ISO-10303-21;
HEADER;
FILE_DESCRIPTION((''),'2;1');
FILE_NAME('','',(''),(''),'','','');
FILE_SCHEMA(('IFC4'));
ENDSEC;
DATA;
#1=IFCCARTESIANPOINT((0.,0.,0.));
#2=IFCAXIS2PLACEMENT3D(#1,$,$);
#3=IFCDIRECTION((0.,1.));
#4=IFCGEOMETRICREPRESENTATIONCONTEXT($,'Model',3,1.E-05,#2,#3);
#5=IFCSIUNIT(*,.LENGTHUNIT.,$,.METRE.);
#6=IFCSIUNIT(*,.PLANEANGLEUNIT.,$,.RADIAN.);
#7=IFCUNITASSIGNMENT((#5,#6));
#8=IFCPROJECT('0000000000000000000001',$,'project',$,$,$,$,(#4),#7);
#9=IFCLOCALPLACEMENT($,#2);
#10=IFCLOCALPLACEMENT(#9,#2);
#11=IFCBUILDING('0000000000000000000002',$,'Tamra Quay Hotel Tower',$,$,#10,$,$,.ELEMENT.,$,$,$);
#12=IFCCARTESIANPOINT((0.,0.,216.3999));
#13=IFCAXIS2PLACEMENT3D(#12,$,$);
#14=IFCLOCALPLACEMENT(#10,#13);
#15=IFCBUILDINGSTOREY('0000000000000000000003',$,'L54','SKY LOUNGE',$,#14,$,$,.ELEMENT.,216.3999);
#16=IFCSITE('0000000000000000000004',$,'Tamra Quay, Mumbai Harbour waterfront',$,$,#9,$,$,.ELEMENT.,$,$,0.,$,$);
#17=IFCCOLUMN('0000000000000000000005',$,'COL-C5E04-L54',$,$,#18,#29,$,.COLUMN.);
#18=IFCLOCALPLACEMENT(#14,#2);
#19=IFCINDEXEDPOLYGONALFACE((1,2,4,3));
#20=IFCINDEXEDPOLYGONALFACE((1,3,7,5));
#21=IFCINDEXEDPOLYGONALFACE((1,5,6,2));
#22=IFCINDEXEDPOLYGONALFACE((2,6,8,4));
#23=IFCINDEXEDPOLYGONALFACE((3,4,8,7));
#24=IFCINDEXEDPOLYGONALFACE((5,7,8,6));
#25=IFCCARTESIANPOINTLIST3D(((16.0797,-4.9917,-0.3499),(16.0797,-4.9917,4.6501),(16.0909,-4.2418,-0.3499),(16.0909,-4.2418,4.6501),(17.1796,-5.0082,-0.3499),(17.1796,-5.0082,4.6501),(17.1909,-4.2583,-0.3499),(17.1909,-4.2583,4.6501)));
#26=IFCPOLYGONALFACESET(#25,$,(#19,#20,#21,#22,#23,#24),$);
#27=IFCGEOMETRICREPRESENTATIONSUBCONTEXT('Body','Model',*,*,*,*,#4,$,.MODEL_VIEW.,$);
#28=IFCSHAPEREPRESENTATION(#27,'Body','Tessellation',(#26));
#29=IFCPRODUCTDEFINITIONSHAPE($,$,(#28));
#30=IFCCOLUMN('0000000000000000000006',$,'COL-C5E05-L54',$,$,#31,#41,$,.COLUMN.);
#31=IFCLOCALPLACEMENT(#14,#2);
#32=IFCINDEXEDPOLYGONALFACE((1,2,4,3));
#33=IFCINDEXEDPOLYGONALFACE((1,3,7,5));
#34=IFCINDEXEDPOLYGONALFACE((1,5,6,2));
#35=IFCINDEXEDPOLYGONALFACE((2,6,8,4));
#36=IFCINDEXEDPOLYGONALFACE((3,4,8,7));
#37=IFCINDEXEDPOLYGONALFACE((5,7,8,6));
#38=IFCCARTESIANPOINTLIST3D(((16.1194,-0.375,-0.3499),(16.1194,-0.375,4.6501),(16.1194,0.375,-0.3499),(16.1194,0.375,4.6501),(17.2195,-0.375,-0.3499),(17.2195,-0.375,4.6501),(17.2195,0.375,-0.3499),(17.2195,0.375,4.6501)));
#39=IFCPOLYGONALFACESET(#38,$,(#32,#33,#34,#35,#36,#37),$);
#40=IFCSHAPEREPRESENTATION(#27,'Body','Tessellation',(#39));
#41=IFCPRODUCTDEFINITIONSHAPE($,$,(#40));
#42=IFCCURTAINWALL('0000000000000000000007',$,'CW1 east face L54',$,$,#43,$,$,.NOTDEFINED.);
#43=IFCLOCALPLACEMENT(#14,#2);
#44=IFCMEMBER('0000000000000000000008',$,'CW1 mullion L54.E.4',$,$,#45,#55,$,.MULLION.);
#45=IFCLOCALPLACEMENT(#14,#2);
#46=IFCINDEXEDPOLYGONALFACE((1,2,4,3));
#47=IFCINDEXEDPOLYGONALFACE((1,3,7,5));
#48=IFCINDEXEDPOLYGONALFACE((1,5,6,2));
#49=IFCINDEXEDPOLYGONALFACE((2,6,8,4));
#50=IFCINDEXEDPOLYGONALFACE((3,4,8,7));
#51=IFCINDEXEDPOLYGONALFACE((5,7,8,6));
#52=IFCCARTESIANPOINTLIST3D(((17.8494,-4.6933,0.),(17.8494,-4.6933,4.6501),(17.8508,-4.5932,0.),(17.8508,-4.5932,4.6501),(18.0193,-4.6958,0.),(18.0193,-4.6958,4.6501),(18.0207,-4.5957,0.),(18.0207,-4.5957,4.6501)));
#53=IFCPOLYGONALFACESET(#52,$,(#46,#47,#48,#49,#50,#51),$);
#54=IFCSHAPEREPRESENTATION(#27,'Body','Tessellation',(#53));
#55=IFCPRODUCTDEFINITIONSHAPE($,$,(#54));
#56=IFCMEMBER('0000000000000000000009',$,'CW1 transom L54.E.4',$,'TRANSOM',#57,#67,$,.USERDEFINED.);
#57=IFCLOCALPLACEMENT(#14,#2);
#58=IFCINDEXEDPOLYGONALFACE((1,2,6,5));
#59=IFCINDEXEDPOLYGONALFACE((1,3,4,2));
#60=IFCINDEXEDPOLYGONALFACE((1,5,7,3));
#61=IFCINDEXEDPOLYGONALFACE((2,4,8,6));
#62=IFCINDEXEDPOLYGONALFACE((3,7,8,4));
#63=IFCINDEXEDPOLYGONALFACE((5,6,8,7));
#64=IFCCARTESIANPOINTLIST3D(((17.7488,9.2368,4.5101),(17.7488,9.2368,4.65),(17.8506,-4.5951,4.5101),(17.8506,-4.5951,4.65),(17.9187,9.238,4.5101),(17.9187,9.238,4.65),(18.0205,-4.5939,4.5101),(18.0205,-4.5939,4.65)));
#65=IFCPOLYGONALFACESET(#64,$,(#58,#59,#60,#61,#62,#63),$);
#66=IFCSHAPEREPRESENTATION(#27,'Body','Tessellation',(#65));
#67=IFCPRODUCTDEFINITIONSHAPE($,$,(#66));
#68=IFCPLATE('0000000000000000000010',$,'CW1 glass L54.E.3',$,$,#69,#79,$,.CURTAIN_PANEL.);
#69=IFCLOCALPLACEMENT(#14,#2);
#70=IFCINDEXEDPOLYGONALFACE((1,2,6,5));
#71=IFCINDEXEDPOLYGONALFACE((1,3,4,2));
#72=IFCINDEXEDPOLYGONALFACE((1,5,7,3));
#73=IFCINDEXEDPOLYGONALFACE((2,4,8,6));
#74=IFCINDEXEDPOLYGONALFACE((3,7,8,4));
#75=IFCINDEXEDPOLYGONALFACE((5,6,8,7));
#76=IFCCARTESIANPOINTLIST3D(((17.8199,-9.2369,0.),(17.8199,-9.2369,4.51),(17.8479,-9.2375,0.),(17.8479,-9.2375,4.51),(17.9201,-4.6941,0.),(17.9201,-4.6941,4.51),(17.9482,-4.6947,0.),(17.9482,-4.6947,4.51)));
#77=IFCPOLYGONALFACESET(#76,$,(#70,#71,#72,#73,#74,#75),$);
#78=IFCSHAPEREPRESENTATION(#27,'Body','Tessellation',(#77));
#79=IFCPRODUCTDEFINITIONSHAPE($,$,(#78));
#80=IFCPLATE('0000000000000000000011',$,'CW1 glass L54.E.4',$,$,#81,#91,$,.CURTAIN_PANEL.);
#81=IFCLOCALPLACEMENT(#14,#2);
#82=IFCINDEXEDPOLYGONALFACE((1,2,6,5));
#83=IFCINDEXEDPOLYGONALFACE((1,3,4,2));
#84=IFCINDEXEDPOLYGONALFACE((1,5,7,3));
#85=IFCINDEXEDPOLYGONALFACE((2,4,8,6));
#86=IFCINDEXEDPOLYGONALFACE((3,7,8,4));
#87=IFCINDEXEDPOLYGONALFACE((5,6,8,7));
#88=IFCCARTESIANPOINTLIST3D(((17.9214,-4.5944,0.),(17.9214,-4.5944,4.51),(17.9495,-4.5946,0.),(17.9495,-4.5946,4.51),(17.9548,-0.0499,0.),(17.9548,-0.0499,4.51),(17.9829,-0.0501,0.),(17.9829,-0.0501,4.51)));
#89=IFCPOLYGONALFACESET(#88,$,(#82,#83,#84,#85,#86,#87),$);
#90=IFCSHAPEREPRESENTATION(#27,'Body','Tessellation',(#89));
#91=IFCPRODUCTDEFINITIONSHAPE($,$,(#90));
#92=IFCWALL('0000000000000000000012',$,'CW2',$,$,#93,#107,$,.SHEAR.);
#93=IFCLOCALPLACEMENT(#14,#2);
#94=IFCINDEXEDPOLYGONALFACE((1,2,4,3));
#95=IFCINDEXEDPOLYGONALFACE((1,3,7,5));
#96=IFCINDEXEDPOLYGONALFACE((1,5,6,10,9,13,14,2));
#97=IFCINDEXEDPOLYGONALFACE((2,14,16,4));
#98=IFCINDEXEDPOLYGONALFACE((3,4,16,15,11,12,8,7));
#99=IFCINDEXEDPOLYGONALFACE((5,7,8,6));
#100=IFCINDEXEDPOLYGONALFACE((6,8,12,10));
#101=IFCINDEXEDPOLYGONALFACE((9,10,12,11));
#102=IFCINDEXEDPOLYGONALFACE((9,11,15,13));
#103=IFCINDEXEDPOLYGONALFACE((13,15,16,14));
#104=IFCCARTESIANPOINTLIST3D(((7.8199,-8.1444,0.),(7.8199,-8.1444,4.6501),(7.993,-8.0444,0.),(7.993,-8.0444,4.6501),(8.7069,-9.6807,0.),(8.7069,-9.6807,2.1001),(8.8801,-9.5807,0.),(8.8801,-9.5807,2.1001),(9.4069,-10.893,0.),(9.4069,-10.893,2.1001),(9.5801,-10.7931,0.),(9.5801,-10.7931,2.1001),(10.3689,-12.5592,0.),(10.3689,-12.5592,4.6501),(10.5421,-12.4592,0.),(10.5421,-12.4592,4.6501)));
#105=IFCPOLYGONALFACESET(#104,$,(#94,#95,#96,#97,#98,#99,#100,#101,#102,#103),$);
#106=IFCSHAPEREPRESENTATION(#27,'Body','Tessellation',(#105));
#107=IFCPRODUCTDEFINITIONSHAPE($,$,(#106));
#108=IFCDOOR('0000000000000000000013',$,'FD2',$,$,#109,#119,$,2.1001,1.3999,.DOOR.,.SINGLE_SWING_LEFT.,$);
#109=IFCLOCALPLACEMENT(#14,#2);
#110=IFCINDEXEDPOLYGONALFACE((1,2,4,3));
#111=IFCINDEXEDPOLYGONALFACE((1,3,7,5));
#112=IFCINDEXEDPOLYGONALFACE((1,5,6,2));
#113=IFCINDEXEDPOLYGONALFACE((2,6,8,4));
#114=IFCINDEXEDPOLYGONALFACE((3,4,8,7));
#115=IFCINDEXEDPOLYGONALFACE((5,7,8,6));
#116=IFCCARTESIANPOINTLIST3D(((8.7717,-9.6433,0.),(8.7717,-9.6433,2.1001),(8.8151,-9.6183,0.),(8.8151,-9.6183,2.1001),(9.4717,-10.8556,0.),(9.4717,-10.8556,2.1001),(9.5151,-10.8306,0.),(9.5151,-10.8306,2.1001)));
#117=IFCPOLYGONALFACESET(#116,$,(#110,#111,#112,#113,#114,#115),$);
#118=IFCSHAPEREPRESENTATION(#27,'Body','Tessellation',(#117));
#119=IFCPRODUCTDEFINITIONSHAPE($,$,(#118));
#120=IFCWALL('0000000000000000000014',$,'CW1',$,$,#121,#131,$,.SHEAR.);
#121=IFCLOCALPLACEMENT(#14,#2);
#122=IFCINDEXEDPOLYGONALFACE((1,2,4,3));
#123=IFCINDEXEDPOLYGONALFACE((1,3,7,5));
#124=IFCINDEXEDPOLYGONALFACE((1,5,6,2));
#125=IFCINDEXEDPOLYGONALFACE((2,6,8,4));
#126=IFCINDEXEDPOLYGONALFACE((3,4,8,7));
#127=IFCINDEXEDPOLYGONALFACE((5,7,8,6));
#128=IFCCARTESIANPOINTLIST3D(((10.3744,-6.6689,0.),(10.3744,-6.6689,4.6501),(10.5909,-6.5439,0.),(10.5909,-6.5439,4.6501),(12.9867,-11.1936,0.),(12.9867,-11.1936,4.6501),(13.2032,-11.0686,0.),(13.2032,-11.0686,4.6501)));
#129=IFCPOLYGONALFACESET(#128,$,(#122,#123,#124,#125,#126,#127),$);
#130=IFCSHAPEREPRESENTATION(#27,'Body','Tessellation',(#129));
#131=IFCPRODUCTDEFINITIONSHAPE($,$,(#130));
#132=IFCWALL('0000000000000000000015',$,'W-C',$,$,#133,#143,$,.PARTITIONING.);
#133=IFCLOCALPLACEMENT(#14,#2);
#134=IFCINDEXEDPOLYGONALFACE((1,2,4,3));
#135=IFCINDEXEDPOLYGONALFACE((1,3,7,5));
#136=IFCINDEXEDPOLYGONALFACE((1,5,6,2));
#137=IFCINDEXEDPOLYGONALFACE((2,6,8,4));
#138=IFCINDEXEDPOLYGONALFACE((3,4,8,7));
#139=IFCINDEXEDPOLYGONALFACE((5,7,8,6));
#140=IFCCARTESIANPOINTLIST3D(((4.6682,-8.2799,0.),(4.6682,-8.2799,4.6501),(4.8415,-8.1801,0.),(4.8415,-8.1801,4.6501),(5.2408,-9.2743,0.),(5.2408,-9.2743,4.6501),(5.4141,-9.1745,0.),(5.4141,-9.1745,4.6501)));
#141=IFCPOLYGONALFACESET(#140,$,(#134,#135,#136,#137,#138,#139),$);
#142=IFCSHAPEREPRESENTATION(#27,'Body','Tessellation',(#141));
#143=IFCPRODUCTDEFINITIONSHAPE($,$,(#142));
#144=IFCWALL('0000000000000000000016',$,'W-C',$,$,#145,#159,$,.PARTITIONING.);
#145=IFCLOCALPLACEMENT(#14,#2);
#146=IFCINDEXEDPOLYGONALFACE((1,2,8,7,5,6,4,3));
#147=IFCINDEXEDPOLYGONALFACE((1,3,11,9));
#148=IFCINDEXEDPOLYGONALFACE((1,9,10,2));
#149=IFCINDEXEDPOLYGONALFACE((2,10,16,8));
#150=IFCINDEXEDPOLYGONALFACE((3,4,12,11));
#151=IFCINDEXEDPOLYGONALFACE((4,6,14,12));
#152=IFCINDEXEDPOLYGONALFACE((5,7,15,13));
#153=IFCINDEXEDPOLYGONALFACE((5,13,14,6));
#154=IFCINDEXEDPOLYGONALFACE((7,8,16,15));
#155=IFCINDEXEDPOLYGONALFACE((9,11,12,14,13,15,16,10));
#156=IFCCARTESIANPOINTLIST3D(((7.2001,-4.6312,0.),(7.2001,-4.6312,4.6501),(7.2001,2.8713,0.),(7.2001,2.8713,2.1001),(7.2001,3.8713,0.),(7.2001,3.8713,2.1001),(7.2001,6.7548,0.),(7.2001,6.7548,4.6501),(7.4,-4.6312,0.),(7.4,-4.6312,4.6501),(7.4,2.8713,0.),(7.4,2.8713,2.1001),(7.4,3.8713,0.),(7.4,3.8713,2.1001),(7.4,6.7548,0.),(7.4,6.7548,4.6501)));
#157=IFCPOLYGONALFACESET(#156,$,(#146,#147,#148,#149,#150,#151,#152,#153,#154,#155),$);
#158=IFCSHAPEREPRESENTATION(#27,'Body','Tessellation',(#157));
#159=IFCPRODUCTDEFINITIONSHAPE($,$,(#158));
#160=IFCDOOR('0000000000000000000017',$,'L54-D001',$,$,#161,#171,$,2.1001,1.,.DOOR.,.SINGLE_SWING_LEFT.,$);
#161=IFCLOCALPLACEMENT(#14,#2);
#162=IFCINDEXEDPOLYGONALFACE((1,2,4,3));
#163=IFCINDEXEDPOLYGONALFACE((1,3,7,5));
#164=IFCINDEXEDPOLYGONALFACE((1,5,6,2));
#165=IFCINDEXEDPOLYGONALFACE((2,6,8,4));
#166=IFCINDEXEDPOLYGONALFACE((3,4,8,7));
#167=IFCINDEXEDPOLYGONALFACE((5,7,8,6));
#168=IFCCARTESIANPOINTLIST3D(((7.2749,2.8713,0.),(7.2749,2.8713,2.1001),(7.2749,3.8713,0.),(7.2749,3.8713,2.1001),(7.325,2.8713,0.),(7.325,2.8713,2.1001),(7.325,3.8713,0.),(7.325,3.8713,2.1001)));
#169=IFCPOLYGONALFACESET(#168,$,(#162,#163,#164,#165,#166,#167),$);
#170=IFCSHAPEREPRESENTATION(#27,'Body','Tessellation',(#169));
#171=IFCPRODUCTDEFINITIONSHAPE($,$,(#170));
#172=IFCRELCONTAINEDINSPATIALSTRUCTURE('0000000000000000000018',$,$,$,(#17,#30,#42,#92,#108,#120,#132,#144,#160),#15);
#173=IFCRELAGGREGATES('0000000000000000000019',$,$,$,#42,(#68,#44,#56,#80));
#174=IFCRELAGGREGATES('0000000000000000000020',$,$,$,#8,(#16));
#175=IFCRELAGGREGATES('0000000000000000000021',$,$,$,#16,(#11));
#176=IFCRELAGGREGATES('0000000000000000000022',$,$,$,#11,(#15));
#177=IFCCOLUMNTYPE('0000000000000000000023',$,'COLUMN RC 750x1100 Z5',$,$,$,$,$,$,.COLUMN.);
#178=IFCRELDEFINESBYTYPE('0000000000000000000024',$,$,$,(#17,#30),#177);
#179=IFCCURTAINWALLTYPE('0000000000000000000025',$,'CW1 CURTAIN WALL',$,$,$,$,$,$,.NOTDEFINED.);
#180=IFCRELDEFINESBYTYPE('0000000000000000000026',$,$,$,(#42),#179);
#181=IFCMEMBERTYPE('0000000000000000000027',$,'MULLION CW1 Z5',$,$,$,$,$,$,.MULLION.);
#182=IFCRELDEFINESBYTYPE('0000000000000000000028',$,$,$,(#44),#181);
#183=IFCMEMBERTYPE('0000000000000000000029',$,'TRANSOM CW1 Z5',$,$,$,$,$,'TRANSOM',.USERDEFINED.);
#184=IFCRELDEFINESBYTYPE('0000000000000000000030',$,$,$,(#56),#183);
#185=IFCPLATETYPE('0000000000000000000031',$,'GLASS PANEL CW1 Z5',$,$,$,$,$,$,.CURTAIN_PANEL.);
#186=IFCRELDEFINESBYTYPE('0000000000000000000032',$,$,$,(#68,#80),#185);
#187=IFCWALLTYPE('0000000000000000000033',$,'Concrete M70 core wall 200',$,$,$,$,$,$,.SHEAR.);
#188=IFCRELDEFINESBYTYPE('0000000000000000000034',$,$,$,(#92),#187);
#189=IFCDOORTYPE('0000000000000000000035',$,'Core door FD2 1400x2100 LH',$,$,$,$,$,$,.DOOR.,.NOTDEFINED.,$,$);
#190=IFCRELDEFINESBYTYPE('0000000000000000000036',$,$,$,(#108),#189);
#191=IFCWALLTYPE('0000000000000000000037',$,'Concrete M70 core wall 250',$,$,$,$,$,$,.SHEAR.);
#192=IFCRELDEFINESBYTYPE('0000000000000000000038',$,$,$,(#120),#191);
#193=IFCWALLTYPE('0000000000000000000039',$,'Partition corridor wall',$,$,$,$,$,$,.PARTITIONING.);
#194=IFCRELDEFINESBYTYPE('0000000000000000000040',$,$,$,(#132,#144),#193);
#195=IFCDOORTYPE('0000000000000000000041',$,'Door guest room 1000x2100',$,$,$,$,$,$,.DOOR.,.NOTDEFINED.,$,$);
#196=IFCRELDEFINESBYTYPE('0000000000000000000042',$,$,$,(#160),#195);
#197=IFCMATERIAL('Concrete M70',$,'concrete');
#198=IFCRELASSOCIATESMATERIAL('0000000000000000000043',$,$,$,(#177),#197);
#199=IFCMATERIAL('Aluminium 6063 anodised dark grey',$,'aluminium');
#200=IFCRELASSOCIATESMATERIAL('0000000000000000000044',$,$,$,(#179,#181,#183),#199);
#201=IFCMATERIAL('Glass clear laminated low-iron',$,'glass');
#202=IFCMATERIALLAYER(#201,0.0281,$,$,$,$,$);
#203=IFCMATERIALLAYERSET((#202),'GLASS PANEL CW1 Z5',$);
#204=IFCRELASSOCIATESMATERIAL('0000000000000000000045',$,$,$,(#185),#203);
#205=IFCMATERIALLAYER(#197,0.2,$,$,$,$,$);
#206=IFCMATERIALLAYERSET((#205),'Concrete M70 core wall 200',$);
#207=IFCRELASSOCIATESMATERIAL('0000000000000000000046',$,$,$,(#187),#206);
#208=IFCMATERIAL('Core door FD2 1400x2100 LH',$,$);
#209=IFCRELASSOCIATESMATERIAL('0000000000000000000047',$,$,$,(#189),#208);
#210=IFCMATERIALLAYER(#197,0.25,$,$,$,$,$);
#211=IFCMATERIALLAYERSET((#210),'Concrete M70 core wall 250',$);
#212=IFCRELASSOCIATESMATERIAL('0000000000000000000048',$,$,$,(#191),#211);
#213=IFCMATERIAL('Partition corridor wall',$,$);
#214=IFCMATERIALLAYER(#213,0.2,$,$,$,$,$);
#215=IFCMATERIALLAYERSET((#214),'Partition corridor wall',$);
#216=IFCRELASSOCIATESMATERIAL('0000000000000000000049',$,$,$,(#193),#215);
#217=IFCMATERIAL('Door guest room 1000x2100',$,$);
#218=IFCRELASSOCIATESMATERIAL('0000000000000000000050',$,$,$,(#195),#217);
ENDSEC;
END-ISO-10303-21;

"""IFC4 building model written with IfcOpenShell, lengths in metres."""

from ifc_helpers import new_model, si_unit, direction, frame, frame_2d, origin, origin_2d, place, context, subcontext, project, spatial, rectangle, extrude, material, layer, layer_set, material_profile, profile_set, type_object, element, fill, aggregate, save


model = new_model("IFC4")

# Units and contexts
model_context = context("Model", 3, precision=1e-05, world=origin(), true_north=direction((0.0, 1.0)))
body_context = subcontext(model_context, "Body", "Model", "MODEL_VIEW")
ifc_project = project(units=[si_unit("LENGTHUNIT", "METRE"), si_unit("PLANEANGLEUNIT", "RADIAN")], contexts=[model_context])

# Site, building, storey
site_placement = place(None, origin())
site = spatial("IfcSite", under=ifc_project, at=site_placement, Name="Tamra Quay, Mumbai Harbour waterfront", CompositionType="ELEMENT", RefElevation=0.0)
building_placement = place(site_placement, origin())
building = spatial("IfcBuilding", under=site, at=building_placement, Name="Tamra Quay Hotel Tower", CompositionType="ELEMENT")
storey_placement = place(building_placement, frame((0.0, 0.0, 216.3999)))
storey = spatial("IfcBuildingStorey", under=building, at=storey_placement, Name="L54", Description="SKY LOUNGE", CompositionType="ELEMENT", Elevation=216.3999)

# Columns
ifc_material_1 = material(Name="Concrete M70", Category="concrete")
ifc_material_profile_1 = material_profile(ifc_material_1, rectangle(XDim=1.1001, YDim=0.75, at=origin_2d()), Name="COLUMN RC 750x1100 Z5")
ifc_profile_set_1 = profile_set([ifc_material_profile_1], Name="Concrete M70")
column_type = type_object("IfcColumnType", Name="COLUMN RC 750x1100 Z5", PredefinedType="COLUMN", material=ifc_profile_set_1)
for number, where, z_axis, x_axis, name in (
    (1, (16.6353, -4.625, -0.3499), (0.0, 0.0, 1.0), (-0.999888, 0.014959, 0.0), "COL-C5E04-L54"),
    (2, (16.6694, 0.0, -0.3499), (0.0, 0.0, 1.0), (1.0, 0.0, 0.0), "COL-C5E05-L54"),
):
    element("IfcColumn", number, at=place(storey_placement, frame(where, z_axis=z_axis, x_axis=x_axis)), inside=storey, type_object=column_type, Name=name, PredefinedType="COLUMN", context=body_context, shape_type="SweptSolid", body=[
        extrude(rectangle(XDim=1.1001, YDim=0.75, at=origin_2d()), origin(), (0.0, 0.0, 1.0), 5.0),
    ])

# Curtain wall, members, plates
ifc_material_2 = material(Name="Aluminium 6063 anodised dark grey", Category="aluminium")
curtain_wall_type = type_object("IfcCurtainWallType", Name="CW1 CURTAIN WALL", PredefinedType="NOTDEFINED", material=ifc_material_2)
curtain_wall_placement = place(storey_placement, origin())
curtain_wall = element("IfcCurtainWall", 3, at=curtain_wall_placement, inside=storey, type_object=curtain_wall_type, Name="CW1 east face L54", PredefinedType="NOTDEFINED")
ifc_material_profile_2 = material_profile(ifc_material_2, rectangle(XDim=0.1699, YDim=0.1001, at=origin_2d()), Name="MULLION 100X170")
ifc_profile_set_2 = profile_set([ifc_material_profile_2], Name="Aluminium 6063 anodised dark grey")
member_type_1 = type_object("IfcMemberType", Name="MULLION CW1 Z5", PredefinedType="MULLION", material=ifc_profile_set_2)
member_1_placement = place(storey_placement, frame((17.9351, -4.6445, 0.0), z_axis=(0.0, 0.0, 1.0), x_axis=(0.999892, -0.014713, 0.0)))
member_1 = element("IfcMember", 4, at=member_1_placement, type_object=member_type_1, Name="CW1 mullion L54.E.4", PredefinedType="MULLION", context=body_context, shape_type="SweptSolid", body=[
    extrude(rectangle(XDim=0.1699, YDim=0.1001, at=origin_2d()), origin(), (0.0, 0.0, 1.0), 4.6501),
])
ifc_material_profile_3 = material_profile(ifc_material_2, rectangle(XDim=0.1699, YDim=0.1399, at=origin_2d()), Name="TRANSOM 170X140")
ifc_profile_set_3 = profile_set([ifc_material_profile_3], Name="Aluminium 6063 anodised dark grey")
member_type_2 = type_object("IfcMemberType", Name="TRANSOM CW1 Z5", ElementType="TRANSOM", PredefinedType="USERDEFINED", material=ifc_profile_set_3)
member_2_placement = place(storey_placement, frame((17.9355, -4.5945, 4.5801), z_axis=(-0.00736, 0.999973, 0.0), x_axis=(-0.999973, -0.00736, 0.0)))
member_2 = element("IfcMember", 5, at=member_2_placement, type_object=member_type_2, Name="CW1 transom L54.E.4", ObjectType="TRANSOM", PredefinedType="USERDEFINED", context=body_context, shape_type="SweptSolid", body=[
    extrude(rectangle(XDim=0.1699, YDim=0.1399, at=origin_2d()), origin(), (0.0, 0.0, 1.0), 13.8323),
])
ifc_material_3 = material(Name="Glass clear laminated low-iron", Category="glass")
ifc_layer_1 = layer(ifc_material_3, 0.0281)
ifc_layer_set_1 = layer_set([ifc_layer_1], Name="GLASS PANEL CW1 Z5")
plate_type = type_object("IfcPlateType", Name="GLASS PANEL CW1 Z5", PredefinedType="CURTAIN_PANEL", material=ifc_layer_set_1)
plate_1_placement = place(storey_placement, frame((17.884, -6.9658, 0.0), z_axis=(0.0, 0.0, 1.0), x_axis=(0.022063, 0.999757, 0.0)))
plate_1 = element("IfcPlate", 6, at=plate_1_placement, type_object=plate_type, Name="CW1 glass L54.E.3", PredefinedType="CURTAIN_PANEL", context=body_context, shape_type="SweptSolid", body=[
    extrude(rectangle(XDim=4.5439, YDim=0.0281, at=origin_2d()), origin(), (0.0, 0.0, 1.0), 4.51),
])
plate_2_placement = place(storey_placement, frame((17.9521, -2.3223, 0.0), z_axis=(0.0, 0.0, 1.0), x_axis=(0.007362, 0.999973, 0.0)))
plate_2 = element("IfcPlate", 7, at=plate_2_placement, type_object=plate_type, Name="CW1 glass L54.E.4", PredefinedType="CURTAIN_PANEL", context=body_context, shape_type="SweptSolid", body=[
    extrude(rectangle(XDim=4.5447, YDim=0.0281, at=origin_2d()), origin(), (0.0, 0.0, 1.0), 4.51),
])
aggregate(curtain_wall, [plate_1, member_1, member_2, plate_2])

# Wall, opening, door
ifc_layer_2 = layer(ifc_material_1, 0.2)
ifc_layer_set_2 = layer_set([ifc_layer_2], Name="Concrete M70 core wall 200")
wall_type_1 = type_object("IfcWallType", Name="Concrete M70 core wall 200", PredefinedType="SHEAR", material=ifc_layer_set_2)
wall_1_placement = place(storey_placement, frame((7.9065, -8.0945, 0.0), z_axis=(0.0, 0.0, 1.0), x_axis=(0.500028, -0.866009, 0.0)))
wall_1 = element("IfcWall", 8, at=wall_1_placement, inside=storey, type_object=wall_type_1, Name="CW2", PredefinedType="SHEAR", context=body_context, shape_type="SweptSolid", body=[
    extrude(rectangle(XDim=5.0979, YDim=0.2, at=frame_2d((2.5488, 0.0))), origin(), (0.0, 0.0, 1.0), 4.6501),
])
opening_1_placement = place(wall_1_placement, frame((1.7739, 0.0, 0.0)))
opening_1 = element("IfcOpeningElement", 9, at=opening_1_placement, cuts=wall_1, PredefinedType="OPENING", context=body_context, shape_type="SweptSolid", body=[
    extrude(rectangle(XDim=1.3999, YDim=2.1001, at=frame_2d((0.7, 1.05))), frame((0.0, 0.1099, 0.0), z_axis=(0.0, -1.0, 0.0), x_axis=(1.0, 0.0, 0.0)), (0.0, 0.0, 1.0), 0.22),
])
ifc_material_4 = material(Name="Core door FD2 1400x2100 LH")
door_type_1 = type_object("IfcDoorType", Name="Core door FD2 1400x2100 LH", OperationType="NOTDEFINED", PredefinedType="DOOR", material=ifc_material_4)
door_1_placement = place(opening_1_placement, origin())
door_1 = element("IfcDoor", 10, at=door_1_placement, inside=storey, type_object=door_type_1, Name="FD2", OperationType="SINGLE_SWING_LEFT", OverallHeight=2.1001, OverallWidth=1.3999, PredefinedType="DOOR", context=body_context, shape_type="SweptSolid", body=[
    extrude(rectangle(XDim=1.3999, YDim=2.1001, at=frame_2d((0.7, 1.05))), frame((0.0, 0.0249, 0.0), z_axis=(0.0, -1.0, 0.0), x_axis=(1.0, 0.0, 0.0)), (0.0, 0.0, 1.0), 0.05),
])
fill(opening_1, door_1)

# Walls
ifc_layer_3 = layer(ifc_material_1, 0.25)
ifc_layer_set_3 = layer_set([ifc_layer_3], Name="Concrete M70 core wall 250")
wall_type_2 = type_object("IfcWallType", Name="Concrete M70 core wall 250", PredefinedType="SHEAR", material=ifc_layer_set_3)
wall_2_placement = place(storey_placement, frame((10.4827, -6.6064, 0.0), z_axis=(0.0, 0.0, 1.0), x_axis=(0.499999, -0.866026, 0.0)))
element("IfcWall", 11, at=wall_2_placement, inside=storey, type_object=wall_type_2, Name="CW1", PredefinedType="SHEAR", context=body_context, shape_type="SweptSolid", body=[
    extrude(rectangle(XDim=5.2246, YDim=0.25, at=frame_2d((2.6123, 0.0))), origin(), (0.0, 0.0, 1.0), 4.6501),
])
ifc_material_5 = material(Name="Partition corridor wall")
ifc_layer_4 = layer(ifc_material_5, 0.2)
ifc_layer_set_4 = layer_set([ifc_layer_4], Name="Partition corridor wall")
wall_type_3 = type_object("IfcWallType", Name="Partition corridor wall", PredefinedType="PARTITIONING", material=ifc_layer_set_4)
wall_3_placement = place(storey_placement, frame((4.7549, -8.23, 0.0), z_axis=(0.0, 0.0, 1.0), x_axis=(0.498955, -0.866628, 0.0)))
element("IfcWall", 12, at=wall_3_placement, inside=storey, type_object=wall_type_3, Name="W-C", PredefinedType="PARTITIONING", context=body_context, shape_type="SweptSolid", body=[
    extrude(rectangle(XDim=1.1475, YDim=0.2, at=frame_2d((0.5737, 0.0))), origin(), (0.0, 0.0, 1.0), 4.6501),
])

# Wall, opening, door
wall_4_placement = place(storey_placement, frame((7.3, -4.6311, 0.0), z_axis=(0.0, 0.0, 1.0), x_axis=(0.0, 1.0, 0.0)))
wall_4 = element("IfcWall", 13, at=wall_4_placement, inside=storey, type_object=wall_type_3, Name="W-C", PredefinedType="PARTITIONING", context=body_context, shape_type="SweptSolid", body=[
    extrude(rectangle(XDim=11.386, YDim=0.2, at=frame_2d((5.6929, 0.0))), origin(), (0.0, 0.0, 1.0), 4.6501),
])
opening_2_placement = place(wall_4_placement, frame((7.5024, 0.0, 0.0)))
opening_2 = element("IfcOpeningElement", 14, at=opening_2_placement, cuts=wall_4, PredefinedType="OPENING", context=body_context, shape_type="SweptSolid", body=[
    extrude(rectangle(XDim=1.0, YDim=2.1001, at=frame_2d((0.5, 1.05))), frame((0.0, 0.1099, 0.0), z_axis=(0.0, -1.0, 0.0), x_axis=(1.0, 0.0, 0.0)), (0.0, 0.0, 1.0), 0.22),
])
ifc_material_6 = material(Name="Door guest room 1000x2100")
door_type_2 = type_object("IfcDoorType", Name="Door guest room 1000x2100", OperationType="NOTDEFINED", PredefinedType="DOOR", material=ifc_material_6)
door_2_placement = place(opening_2_placement, frame((1.0, 0.0, 0.0), z_axis=(0.0, 0.0, 1.0), x_axis=(-1.0, 0.0, 0.0)))
door_2 = element("IfcDoor", 15, at=door_2_placement, inside=storey, type_object=door_type_2, Name="L54-D001", OperationType="SINGLE_SWING_LEFT", OverallHeight=2.1001, OverallWidth=1.0, PredefinedType="DOOR", context=body_context, shape_type="SweptSolid", body=[
    extrude(rectangle(XDim=1.0, YDim=2.1001, at=frame_2d((0.5, 1.05))), frame((0.0, 0.0249, 0.0), z_axis=(0.0, -1.0, 0.0), x_axis=(1.0, 0.0, 0.0)), (0.0, 0.0, 1.0), 0.05),
])
fill(opening_2, door_2)

save(model, "model.ifc")
